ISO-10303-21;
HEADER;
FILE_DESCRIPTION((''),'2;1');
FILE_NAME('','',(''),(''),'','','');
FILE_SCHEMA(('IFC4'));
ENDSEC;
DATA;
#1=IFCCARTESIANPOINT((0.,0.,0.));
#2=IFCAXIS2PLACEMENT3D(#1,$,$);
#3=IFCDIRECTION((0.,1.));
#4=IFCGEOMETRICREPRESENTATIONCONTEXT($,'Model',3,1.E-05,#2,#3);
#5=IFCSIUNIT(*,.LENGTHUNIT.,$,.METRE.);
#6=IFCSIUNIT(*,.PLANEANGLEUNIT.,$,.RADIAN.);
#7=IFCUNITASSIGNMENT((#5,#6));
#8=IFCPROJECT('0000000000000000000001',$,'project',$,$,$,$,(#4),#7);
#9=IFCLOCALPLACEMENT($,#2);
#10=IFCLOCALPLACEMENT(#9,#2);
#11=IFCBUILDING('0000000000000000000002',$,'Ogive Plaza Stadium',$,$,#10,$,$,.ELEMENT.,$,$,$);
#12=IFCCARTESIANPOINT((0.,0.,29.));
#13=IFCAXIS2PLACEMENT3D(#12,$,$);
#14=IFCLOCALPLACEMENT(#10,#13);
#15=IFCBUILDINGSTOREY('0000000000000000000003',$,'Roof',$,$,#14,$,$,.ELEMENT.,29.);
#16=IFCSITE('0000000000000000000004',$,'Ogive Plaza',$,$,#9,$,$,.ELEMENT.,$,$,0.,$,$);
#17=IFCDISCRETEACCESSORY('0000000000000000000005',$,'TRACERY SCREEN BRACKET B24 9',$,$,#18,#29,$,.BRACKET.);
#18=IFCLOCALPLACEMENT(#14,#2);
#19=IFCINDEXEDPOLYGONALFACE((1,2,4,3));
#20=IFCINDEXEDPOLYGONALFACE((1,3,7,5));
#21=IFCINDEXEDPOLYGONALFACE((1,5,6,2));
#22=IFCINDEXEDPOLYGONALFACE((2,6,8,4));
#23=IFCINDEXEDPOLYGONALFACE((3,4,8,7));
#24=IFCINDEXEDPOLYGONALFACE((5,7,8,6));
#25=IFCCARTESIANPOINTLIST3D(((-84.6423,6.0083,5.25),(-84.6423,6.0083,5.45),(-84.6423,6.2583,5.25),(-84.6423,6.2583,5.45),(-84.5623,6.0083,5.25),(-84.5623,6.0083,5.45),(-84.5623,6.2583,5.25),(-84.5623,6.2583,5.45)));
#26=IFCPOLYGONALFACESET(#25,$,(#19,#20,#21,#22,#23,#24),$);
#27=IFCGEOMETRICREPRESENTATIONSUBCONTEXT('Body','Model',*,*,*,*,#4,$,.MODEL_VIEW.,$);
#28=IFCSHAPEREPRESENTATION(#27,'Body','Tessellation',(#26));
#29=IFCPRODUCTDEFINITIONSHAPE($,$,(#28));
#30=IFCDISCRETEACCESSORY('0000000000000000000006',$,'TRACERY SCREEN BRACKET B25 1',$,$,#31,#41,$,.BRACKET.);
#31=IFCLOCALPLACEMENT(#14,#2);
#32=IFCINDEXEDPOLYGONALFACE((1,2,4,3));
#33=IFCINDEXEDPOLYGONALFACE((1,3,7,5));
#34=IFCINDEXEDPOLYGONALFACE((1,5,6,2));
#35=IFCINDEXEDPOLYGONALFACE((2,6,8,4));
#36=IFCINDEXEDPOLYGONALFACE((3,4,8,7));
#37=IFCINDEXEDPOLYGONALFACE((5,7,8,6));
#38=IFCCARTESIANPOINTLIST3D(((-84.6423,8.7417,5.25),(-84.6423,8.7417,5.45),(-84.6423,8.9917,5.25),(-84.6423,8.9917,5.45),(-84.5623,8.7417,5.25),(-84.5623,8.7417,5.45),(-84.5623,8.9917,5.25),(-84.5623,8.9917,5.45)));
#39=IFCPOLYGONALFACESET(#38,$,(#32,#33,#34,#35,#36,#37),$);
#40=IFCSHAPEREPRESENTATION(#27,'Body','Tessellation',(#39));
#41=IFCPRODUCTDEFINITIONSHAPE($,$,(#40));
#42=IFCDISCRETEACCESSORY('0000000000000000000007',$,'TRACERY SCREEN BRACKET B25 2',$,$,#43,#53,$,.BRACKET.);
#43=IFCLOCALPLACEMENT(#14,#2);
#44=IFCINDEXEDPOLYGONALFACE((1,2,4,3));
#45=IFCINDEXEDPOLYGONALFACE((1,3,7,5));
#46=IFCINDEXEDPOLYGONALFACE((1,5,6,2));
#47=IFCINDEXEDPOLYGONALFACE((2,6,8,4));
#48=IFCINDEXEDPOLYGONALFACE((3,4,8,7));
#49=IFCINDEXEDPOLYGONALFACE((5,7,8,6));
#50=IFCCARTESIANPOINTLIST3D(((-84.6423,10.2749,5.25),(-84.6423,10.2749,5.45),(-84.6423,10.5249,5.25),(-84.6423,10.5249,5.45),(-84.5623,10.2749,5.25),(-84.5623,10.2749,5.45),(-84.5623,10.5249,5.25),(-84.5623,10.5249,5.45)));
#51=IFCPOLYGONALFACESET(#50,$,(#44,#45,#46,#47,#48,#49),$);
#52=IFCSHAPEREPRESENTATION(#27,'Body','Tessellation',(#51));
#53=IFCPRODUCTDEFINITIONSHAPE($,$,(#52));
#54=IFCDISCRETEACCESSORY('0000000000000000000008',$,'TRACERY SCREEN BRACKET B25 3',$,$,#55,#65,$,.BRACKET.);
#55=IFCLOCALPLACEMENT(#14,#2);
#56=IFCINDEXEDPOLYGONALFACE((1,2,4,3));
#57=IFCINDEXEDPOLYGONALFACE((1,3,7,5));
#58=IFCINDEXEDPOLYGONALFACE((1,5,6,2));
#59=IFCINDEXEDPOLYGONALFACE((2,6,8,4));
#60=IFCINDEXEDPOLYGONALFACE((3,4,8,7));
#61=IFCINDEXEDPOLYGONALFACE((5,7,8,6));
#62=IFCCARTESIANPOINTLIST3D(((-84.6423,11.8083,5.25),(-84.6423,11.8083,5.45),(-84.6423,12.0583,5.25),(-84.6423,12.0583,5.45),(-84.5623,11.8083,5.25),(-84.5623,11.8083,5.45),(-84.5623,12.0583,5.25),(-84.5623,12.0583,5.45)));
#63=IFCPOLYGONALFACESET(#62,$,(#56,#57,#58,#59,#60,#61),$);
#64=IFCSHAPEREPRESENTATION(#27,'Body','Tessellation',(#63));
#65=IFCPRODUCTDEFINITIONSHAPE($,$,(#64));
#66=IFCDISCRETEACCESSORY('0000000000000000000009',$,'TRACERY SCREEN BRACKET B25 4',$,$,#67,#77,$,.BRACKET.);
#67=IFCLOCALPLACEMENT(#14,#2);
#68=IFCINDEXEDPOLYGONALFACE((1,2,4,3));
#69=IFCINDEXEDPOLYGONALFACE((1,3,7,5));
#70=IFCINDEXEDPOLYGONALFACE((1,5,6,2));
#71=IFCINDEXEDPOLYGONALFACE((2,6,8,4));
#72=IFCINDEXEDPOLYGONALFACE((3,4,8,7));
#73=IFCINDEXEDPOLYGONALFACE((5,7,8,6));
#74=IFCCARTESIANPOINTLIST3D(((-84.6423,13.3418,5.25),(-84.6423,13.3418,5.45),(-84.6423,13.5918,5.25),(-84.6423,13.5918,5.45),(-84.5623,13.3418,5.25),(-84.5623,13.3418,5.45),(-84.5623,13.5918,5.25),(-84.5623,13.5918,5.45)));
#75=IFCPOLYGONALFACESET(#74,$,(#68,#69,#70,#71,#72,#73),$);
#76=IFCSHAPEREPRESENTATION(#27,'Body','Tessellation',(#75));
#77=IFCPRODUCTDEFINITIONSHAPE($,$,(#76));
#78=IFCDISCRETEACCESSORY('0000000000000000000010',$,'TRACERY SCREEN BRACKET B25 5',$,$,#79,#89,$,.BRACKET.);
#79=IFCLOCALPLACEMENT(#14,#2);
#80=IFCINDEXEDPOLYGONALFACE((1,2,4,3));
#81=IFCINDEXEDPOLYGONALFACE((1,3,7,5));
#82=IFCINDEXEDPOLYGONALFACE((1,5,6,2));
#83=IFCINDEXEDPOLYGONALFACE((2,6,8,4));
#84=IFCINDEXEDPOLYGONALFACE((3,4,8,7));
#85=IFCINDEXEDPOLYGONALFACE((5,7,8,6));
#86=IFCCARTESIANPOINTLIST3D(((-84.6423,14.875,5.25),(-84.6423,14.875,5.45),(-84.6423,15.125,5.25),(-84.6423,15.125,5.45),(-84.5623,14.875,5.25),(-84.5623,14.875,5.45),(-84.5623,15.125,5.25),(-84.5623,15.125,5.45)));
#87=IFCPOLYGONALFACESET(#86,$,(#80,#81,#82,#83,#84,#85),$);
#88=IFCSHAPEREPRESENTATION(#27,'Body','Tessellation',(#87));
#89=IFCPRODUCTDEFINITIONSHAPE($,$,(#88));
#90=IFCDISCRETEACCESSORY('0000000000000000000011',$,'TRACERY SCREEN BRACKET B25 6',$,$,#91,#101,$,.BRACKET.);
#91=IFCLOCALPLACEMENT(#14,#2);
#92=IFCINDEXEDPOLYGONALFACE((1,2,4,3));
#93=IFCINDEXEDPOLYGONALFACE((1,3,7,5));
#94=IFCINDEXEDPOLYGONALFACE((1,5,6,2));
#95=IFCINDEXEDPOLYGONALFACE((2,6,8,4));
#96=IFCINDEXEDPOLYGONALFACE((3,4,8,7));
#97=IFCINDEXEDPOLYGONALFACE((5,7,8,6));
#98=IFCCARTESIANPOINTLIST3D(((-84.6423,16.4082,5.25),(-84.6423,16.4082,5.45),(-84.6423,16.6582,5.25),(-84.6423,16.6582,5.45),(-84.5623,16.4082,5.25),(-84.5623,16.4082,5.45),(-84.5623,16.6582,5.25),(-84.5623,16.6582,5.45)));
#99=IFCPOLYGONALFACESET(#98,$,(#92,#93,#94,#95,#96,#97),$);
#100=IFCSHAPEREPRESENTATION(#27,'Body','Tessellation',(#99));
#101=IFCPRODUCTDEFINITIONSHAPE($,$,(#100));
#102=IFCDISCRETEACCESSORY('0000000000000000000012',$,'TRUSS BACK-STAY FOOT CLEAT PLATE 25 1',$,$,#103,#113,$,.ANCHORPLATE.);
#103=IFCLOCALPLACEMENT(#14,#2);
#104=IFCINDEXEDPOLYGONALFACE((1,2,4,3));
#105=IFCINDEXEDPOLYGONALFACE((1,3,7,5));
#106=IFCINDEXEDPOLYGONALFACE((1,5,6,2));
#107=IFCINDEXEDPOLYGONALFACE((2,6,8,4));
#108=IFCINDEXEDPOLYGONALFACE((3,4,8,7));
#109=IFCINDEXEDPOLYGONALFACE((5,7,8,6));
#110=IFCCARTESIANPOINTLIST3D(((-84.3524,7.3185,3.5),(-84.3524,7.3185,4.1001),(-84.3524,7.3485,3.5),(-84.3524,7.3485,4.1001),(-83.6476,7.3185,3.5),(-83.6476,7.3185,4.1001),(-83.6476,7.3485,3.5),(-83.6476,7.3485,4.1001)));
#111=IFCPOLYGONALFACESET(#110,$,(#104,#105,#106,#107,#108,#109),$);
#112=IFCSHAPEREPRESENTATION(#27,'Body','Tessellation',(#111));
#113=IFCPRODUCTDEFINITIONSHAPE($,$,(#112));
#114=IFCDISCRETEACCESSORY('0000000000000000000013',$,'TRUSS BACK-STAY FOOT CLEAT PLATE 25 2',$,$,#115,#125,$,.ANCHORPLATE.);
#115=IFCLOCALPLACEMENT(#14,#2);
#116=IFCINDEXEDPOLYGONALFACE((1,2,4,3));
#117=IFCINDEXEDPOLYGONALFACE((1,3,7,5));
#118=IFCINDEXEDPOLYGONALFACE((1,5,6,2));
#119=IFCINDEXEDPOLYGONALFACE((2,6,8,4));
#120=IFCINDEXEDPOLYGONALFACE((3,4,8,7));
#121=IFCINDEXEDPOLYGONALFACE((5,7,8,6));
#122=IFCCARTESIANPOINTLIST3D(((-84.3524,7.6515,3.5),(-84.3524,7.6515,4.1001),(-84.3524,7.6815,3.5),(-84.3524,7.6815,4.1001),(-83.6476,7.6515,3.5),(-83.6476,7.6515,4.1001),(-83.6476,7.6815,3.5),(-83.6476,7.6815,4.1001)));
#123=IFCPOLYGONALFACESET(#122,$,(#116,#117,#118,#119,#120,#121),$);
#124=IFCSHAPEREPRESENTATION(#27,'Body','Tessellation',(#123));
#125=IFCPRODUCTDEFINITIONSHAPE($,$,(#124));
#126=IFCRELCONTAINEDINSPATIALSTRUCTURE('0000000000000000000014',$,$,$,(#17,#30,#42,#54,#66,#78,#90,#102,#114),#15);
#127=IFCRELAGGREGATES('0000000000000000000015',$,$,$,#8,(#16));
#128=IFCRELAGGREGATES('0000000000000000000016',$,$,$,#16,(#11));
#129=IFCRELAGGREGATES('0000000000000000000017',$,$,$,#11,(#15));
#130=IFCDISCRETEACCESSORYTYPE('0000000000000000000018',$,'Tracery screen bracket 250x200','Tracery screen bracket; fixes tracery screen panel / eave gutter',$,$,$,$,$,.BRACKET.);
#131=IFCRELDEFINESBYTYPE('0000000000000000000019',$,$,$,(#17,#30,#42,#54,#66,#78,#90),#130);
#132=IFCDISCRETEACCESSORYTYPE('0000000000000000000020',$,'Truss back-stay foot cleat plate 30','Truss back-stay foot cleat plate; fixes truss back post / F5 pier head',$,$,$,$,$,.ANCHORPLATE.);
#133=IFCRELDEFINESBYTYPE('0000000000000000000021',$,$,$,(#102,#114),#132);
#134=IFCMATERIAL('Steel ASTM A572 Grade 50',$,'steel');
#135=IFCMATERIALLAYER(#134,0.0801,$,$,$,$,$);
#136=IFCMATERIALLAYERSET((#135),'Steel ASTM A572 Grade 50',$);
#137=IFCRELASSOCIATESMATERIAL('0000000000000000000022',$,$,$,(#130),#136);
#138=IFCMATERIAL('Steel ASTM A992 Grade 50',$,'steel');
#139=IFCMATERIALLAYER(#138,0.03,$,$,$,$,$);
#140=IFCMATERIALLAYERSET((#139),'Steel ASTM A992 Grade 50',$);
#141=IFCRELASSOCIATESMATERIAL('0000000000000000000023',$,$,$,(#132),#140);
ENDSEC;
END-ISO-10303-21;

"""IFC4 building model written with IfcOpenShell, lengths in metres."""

from ifc_helpers import new_model, si_unit, direction, frame, origin, origin_2d, place, context, subcontext, project, spatial, rectangle, extrude, material, layer, layer_set, type_object, element, save


model = new_model("IFC4")

# Units and contexts
model_context = context("Model", 3, precision=1e-05, world=origin(), true_north=direction((0.0, 1.0)))
body_context = subcontext(model_context, "Body", "Model", "MODEL_VIEW")
ifc_project = project(units=[si_unit("LENGTHUNIT", "METRE"), si_unit("PLANEANGLEUNIT", "RADIAN")], contexts=[model_context])

# Site, building, storey
site_placement = place(None, origin())
site = spatial("IfcSite", under=ifc_project, at=site_placement, Name="Ogive Plaza", CompositionType="ELEMENT", RefElevation=0.0)
building_placement = place(site_placement, origin())
building = spatial("IfcBuilding", under=site, at=building_placement, Name="Ogive Plaza Stadium", CompositionType="ELEMENT")
storey_placement = place(building_placement, frame((0.0, 0.0, 29.0)))
storey = spatial("IfcBuildingStorey", under=building, at=storey_placement, Name="Roof", CompositionType="ELEMENT", Elevation=29.0)

# Discrete accessories
ifc_material_1 = material(Name="Steel ASTM A572 Grade 50", Category="steel")
ifc_layer_1 = layer(ifc_material_1, 0.0801)
ifc_layer_set_1 = layer_set([ifc_layer_1], Name="Steel ASTM A572 Grade 50")
discrete_accessory_type_1 = type_object("IfcDiscreteAccessoryType", Name="Tracery screen bracket 250x200", Description="Tracery screen bracket; fixes tracery screen panel / eave gutter", PredefinedType="BRACKET", material=ifc_layer_set_1)
for number, where, z_axis, x_axis, name in (
    (1, (-84.6023, 6.1333, 5.25), (0.0, 0.0, 1.0), (0.0, 1.0, 0.0), "TRACERY SCREEN BRACKET B24 9"),
    (2, (-84.6023, 8.8667, 5.25), (0.0, 0.0, 1.0), (0.0, 1.0, 0.0), "TRACERY SCREEN BRACKET B25 1"),
    (3, (-84.6023, 10.3999, 5.25), (0.0, 0.0, 1.0), (0.0, 1.0, 0.0), "TRACERY SCREEN BRACKET B25 2"),
    (4, (-84.6023, 11.9333, 5.25), (0.0, 0.0, 1.0), (0.0, 1.0, 0.0), "TRACERY SCREEN BRACKET B25 3"),
    (5, (-84.6023, 13.4668, 5.25), (0.0, 0.0, 1.0), (0.0, 1.0, 0.0), "TRACERY SCREEN BRACKET B25 4"),
    (6, (-84.6023, 15.0, 5.25), (0.0, 0.0, 1.0), (0.0, 1.0, 0.0), "TRACERY SCREEN BRACKET B25 5"),
    (7, (-84.6023, 16.5332, 5.25), (0.0, 0.0, 1.0), (0.0, 1.0, 0.0), "TRACERY SCREEN BRACKET B25 6"),
):
    element("IfcDiscreteAccessory", number, at=place(storey_placement, frame(where, z_axis=z_axis, x_axis=x_axis)), inside=storey, type_object=discrete_accessory_type_1, Name=name, PredefinedType="BRACKET", context=body_context, shape_type="SweptSolid", body=[
        extrude(rectangle(XDim=0.25, YDim=0.0801, at=origin_2d()), origin(), (0.0, 0.0, 1.0), 0.2),
    ])
ifc_material_2 = material(Name="Steel ASTM A992 Grade 50", Category="steel")
ifc_layer_2 = layer(ifc_material_2, 0.03)
ifc_layer_set_2 = layer_set([ifc_layer_2], Name="Steel ASTM A992 Grade 50")
discrete_accessory_type_2 = type_object("IfcDiscreteAccessoryType", Name="Truss back-stay foot cleat plate 30", Description="Truss back-stay foot cleat plate; fixes truss back post / F5 pier head", PredefinedType="ANCHORPLATE", material=ifc_layer_set_2)
for number, where, z_axis, x_axis, name in (
    (8, (-84.0, 7.3335, 3.5), (0.0, 0.0, 1.0), (-1.0, 0.0, 0.0), "TRUSS BACK-STAY FOOT CLEAT PLATE 25 1"),
    (9, (-84.0, 7.6665, 3.5), (0.0, 0.0, 1.0), (-1.0, 0.0, 0.0), "TRUSS BACK-STAY FOOT CLEAT PLATE 25 2"),
):
    element("IfcDiscreteAccessory", number, at=place(storey_placement, frame(where, z_axis=z_axis, x_axis=x_axis)), inside=storey, type_object=discrete_accessory_type_2, Name=name, PredefinedType="ANCHORPLATE", context=body_context, shape_type="SweptSolid", body=[
        extrude(rectangle(XDim=0.7048, YDim=0.03, at=origin_2d()), origin(), (0.0, 0.0, 1.0), 0.6001),
    ])

save(model, "model.ifc")
